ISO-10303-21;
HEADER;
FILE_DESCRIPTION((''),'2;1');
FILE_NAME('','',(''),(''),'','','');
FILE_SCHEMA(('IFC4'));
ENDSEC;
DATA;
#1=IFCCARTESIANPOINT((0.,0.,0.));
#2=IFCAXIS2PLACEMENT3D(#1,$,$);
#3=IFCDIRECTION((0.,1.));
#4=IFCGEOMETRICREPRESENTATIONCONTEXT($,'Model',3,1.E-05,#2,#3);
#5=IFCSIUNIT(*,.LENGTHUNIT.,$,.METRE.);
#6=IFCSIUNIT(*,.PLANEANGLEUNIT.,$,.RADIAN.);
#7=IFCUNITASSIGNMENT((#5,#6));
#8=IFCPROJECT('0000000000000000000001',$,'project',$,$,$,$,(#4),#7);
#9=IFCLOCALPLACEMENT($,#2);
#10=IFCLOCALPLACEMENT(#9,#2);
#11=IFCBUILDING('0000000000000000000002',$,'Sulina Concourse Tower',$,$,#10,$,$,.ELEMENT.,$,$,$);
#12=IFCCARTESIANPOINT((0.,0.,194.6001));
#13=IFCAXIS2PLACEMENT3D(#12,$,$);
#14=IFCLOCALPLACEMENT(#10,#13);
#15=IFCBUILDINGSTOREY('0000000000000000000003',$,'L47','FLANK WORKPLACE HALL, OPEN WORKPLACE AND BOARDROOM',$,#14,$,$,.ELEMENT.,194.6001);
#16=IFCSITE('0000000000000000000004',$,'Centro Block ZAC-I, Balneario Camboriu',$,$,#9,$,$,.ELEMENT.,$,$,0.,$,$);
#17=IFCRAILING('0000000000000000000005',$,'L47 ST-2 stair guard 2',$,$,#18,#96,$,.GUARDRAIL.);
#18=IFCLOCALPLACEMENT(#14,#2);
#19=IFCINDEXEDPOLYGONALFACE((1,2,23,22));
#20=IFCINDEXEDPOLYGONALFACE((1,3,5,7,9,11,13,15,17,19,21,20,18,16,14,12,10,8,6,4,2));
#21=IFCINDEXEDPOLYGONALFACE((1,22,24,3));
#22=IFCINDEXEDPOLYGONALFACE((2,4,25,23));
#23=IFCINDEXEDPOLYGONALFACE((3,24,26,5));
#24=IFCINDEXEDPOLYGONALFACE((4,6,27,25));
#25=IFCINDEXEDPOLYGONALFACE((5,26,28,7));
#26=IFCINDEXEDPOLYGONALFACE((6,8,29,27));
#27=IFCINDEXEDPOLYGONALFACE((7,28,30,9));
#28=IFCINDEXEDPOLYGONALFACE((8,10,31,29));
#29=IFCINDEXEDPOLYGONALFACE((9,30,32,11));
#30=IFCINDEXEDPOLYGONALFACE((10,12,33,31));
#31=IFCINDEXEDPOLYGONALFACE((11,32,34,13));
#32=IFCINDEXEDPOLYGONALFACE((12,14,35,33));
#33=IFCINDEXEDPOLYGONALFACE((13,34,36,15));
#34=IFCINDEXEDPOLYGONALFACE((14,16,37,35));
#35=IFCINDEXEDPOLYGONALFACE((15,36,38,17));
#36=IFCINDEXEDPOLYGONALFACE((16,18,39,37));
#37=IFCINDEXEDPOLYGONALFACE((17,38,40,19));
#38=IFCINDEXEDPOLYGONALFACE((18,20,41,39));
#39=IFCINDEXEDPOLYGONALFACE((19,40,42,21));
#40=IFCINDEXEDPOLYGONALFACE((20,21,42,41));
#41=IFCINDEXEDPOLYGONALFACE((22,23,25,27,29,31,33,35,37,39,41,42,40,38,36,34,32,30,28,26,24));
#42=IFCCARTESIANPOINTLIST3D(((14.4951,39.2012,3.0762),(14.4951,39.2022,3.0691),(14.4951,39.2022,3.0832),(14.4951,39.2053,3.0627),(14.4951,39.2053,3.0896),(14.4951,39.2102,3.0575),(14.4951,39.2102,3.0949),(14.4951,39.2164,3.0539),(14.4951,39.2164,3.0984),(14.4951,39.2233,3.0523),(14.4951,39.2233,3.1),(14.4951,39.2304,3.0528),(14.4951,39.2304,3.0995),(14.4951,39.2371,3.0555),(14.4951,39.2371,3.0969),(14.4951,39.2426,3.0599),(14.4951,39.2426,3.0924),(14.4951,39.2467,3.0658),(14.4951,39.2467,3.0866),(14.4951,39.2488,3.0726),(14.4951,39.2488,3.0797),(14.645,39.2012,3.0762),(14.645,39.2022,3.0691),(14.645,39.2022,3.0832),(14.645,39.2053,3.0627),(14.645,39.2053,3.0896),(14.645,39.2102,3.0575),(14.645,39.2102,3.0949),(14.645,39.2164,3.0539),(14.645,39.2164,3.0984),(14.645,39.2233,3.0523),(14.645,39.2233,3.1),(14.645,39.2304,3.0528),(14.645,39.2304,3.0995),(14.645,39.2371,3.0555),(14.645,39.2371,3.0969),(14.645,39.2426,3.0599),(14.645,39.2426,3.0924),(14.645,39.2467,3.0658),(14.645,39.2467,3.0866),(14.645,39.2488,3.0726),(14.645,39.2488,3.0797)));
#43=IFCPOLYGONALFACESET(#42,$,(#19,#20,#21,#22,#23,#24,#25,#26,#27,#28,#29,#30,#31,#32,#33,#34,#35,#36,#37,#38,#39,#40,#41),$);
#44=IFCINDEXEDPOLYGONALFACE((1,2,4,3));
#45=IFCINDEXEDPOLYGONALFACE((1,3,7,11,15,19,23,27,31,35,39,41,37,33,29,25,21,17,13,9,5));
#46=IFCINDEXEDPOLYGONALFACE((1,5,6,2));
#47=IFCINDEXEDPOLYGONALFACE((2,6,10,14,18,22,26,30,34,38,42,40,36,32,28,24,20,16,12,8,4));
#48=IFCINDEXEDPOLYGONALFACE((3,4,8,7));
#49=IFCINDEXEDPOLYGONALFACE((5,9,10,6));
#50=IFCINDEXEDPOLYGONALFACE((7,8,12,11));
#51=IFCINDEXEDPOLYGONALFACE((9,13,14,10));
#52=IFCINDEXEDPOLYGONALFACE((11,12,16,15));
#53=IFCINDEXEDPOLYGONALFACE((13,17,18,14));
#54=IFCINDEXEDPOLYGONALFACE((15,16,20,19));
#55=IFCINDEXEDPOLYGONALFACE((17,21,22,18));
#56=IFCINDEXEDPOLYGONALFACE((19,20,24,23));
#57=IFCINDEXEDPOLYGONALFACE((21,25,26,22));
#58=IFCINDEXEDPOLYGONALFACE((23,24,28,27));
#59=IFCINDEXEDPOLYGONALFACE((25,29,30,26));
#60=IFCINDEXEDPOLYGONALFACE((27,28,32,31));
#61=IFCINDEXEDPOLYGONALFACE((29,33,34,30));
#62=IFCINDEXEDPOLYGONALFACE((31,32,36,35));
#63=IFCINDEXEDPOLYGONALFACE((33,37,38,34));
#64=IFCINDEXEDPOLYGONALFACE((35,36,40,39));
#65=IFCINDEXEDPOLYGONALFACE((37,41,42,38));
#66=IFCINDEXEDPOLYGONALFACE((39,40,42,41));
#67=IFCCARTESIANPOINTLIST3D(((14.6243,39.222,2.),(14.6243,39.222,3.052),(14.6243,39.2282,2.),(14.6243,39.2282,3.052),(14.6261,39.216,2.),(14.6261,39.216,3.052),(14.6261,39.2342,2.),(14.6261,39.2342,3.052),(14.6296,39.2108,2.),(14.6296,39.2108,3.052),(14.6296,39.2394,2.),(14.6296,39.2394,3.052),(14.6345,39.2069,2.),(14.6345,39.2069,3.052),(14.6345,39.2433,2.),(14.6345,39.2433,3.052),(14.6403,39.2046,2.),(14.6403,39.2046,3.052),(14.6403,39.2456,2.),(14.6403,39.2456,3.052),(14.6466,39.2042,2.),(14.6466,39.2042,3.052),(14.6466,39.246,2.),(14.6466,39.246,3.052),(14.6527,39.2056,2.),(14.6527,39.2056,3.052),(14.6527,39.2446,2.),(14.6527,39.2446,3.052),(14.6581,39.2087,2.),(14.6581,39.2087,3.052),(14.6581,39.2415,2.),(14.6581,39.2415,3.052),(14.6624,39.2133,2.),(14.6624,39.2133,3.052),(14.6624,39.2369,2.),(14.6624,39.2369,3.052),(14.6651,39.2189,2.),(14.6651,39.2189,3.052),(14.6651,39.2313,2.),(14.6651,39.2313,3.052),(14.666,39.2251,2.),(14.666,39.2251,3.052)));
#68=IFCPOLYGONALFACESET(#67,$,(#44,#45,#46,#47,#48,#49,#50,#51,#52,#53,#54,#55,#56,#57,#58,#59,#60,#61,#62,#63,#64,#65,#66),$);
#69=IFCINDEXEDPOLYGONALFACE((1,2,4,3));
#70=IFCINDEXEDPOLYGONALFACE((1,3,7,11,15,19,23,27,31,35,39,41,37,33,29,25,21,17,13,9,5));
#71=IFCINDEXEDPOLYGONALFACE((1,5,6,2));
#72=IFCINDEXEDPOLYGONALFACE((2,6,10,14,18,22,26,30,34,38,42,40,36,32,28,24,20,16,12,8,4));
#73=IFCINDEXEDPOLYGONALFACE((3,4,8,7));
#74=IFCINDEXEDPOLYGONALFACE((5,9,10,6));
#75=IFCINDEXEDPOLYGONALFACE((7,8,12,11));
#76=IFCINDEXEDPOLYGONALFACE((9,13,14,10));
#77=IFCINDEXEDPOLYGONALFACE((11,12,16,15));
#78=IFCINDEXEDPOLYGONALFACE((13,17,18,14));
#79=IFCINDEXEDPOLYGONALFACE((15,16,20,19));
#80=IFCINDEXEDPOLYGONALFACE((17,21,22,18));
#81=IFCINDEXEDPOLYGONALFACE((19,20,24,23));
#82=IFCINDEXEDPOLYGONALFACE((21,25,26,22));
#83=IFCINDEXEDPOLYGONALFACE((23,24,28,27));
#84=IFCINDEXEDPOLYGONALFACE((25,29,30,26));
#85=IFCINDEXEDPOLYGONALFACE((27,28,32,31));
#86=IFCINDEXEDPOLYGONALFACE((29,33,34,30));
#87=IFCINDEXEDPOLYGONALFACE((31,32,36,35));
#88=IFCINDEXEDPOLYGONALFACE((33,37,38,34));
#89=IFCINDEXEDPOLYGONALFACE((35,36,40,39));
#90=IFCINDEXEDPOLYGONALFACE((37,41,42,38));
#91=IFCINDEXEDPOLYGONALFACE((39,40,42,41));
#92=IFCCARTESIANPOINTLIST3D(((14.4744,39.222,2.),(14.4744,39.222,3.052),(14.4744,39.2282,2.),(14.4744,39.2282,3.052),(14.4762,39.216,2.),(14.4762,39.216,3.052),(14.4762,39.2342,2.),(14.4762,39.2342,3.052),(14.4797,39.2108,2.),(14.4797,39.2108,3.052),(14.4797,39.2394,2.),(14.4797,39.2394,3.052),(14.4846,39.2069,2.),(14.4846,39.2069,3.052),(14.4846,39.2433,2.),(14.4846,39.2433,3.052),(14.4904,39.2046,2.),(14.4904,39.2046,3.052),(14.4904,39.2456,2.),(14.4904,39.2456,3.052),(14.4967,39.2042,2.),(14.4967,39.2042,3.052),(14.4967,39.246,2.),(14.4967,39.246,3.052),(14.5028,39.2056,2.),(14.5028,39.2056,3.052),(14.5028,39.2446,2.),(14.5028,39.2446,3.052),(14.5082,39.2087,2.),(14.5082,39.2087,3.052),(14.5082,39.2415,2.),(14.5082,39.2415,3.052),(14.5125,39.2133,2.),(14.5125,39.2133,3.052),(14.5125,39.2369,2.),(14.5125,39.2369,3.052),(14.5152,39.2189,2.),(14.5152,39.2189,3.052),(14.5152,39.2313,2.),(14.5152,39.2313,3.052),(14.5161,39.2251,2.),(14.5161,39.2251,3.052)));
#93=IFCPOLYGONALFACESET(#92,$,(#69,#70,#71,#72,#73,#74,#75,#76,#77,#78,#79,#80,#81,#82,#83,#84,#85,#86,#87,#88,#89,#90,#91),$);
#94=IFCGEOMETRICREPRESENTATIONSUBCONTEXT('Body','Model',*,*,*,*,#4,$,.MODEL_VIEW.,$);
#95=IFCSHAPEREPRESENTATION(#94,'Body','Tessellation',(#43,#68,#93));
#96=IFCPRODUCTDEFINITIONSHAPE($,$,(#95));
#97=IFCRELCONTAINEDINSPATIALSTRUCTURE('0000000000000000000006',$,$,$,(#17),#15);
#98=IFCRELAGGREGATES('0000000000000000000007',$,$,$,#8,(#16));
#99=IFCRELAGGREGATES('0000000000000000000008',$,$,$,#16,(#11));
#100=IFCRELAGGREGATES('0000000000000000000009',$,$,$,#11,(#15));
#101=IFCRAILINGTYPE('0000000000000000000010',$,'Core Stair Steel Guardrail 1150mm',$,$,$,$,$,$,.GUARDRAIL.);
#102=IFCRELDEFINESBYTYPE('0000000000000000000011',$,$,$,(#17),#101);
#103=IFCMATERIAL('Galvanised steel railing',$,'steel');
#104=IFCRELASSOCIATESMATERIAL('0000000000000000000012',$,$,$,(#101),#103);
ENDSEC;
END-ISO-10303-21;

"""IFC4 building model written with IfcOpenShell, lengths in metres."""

from ifc_helpers import new_model, si_unit, direction, frame, origin, origin_2d, place, context, subcontext, project, spatial, circle, extrude, material, type_object, element, save


model = new_model("IFC4")

# Units and contexts
model_context = context("Model", 3, precision=1e-05, world=origin(), true_north=direction((0.0, 1.0)))
body_context = subcontext(model_context, "Body", "Model", "MODEL_VIEW")
ifc_project = project(units=[si_unit("LENGTHUNIT", "METRE"), si_unit("PLANEANGLEUNIT", "RADIAN")], contexts=[model_context])

# Site, building, storey
site_placement = place(None, origin())
site = spatial("IfcSite", under=ifc_project, at=site_placement, Name="Centro Block ZAC-I, Balneario Camboriu", CompositionType="ELEMENT", RefElevation=0.0)
building_placement = place(site_placement, origin())
building = spatial("IfcBuilding", under=site, at=building_placement, Name="Sulina Concourse Tower", CompositionType="ELEMENT")
storey_placement = place(building_placement, frame((0.0, 0.0, 194.6001)))
storey = spatial("IfcBuildingStorey", under=building, at=storey_placement, Name="L47", Description="FLANK WORKPLACE HALL, OPEN WORKPLACE AND BOARDROOM", CompositionType="ELEMENT", Elevation=194.6001)

# Railing
ifc_material_1 = material(Name="Galvanised steel railing", Category="steel")
railing_type_1 = type_object("IfcRailingType", Name="Core Stair Steel Guardrail 1150mm", PredefinedType="GUARDRAIL", material=ifc_material_1)
railing_1_placement = place(storey_placement, frame((14.645, 39.2251, 2.0)))
element("IfcRailing", 1, at=railing_1_placement, inside=storey, type_object=railing_type_1, Name="L47 ST-2 stair guard 2", PredefinedType="GUARDRAIL", context=body_context, shape_type="SweptSolid", body=[
    extrude(circle(Radius=0.0239, at=origin_2d()), frame((0.0, 0.0, 1.0762), z_axis=(-1.0, 0.0, 0.0), x_axis=(0.0, -1.0, 0.0)), (0.0, 0.0, 1.0), 0.1499),
    extrude(circle(Radius=0.021, at=origin_2d()), origin(), (0.0, 0.0, 1.0), 1.052),
    extrude(circle(Radius=0.021, at=origin_2d()), frame((-0.1499, 0.0, 0.0)), (0.0, 0.0, 1.0), 1.052),
])

save(model, "model.ifc")
